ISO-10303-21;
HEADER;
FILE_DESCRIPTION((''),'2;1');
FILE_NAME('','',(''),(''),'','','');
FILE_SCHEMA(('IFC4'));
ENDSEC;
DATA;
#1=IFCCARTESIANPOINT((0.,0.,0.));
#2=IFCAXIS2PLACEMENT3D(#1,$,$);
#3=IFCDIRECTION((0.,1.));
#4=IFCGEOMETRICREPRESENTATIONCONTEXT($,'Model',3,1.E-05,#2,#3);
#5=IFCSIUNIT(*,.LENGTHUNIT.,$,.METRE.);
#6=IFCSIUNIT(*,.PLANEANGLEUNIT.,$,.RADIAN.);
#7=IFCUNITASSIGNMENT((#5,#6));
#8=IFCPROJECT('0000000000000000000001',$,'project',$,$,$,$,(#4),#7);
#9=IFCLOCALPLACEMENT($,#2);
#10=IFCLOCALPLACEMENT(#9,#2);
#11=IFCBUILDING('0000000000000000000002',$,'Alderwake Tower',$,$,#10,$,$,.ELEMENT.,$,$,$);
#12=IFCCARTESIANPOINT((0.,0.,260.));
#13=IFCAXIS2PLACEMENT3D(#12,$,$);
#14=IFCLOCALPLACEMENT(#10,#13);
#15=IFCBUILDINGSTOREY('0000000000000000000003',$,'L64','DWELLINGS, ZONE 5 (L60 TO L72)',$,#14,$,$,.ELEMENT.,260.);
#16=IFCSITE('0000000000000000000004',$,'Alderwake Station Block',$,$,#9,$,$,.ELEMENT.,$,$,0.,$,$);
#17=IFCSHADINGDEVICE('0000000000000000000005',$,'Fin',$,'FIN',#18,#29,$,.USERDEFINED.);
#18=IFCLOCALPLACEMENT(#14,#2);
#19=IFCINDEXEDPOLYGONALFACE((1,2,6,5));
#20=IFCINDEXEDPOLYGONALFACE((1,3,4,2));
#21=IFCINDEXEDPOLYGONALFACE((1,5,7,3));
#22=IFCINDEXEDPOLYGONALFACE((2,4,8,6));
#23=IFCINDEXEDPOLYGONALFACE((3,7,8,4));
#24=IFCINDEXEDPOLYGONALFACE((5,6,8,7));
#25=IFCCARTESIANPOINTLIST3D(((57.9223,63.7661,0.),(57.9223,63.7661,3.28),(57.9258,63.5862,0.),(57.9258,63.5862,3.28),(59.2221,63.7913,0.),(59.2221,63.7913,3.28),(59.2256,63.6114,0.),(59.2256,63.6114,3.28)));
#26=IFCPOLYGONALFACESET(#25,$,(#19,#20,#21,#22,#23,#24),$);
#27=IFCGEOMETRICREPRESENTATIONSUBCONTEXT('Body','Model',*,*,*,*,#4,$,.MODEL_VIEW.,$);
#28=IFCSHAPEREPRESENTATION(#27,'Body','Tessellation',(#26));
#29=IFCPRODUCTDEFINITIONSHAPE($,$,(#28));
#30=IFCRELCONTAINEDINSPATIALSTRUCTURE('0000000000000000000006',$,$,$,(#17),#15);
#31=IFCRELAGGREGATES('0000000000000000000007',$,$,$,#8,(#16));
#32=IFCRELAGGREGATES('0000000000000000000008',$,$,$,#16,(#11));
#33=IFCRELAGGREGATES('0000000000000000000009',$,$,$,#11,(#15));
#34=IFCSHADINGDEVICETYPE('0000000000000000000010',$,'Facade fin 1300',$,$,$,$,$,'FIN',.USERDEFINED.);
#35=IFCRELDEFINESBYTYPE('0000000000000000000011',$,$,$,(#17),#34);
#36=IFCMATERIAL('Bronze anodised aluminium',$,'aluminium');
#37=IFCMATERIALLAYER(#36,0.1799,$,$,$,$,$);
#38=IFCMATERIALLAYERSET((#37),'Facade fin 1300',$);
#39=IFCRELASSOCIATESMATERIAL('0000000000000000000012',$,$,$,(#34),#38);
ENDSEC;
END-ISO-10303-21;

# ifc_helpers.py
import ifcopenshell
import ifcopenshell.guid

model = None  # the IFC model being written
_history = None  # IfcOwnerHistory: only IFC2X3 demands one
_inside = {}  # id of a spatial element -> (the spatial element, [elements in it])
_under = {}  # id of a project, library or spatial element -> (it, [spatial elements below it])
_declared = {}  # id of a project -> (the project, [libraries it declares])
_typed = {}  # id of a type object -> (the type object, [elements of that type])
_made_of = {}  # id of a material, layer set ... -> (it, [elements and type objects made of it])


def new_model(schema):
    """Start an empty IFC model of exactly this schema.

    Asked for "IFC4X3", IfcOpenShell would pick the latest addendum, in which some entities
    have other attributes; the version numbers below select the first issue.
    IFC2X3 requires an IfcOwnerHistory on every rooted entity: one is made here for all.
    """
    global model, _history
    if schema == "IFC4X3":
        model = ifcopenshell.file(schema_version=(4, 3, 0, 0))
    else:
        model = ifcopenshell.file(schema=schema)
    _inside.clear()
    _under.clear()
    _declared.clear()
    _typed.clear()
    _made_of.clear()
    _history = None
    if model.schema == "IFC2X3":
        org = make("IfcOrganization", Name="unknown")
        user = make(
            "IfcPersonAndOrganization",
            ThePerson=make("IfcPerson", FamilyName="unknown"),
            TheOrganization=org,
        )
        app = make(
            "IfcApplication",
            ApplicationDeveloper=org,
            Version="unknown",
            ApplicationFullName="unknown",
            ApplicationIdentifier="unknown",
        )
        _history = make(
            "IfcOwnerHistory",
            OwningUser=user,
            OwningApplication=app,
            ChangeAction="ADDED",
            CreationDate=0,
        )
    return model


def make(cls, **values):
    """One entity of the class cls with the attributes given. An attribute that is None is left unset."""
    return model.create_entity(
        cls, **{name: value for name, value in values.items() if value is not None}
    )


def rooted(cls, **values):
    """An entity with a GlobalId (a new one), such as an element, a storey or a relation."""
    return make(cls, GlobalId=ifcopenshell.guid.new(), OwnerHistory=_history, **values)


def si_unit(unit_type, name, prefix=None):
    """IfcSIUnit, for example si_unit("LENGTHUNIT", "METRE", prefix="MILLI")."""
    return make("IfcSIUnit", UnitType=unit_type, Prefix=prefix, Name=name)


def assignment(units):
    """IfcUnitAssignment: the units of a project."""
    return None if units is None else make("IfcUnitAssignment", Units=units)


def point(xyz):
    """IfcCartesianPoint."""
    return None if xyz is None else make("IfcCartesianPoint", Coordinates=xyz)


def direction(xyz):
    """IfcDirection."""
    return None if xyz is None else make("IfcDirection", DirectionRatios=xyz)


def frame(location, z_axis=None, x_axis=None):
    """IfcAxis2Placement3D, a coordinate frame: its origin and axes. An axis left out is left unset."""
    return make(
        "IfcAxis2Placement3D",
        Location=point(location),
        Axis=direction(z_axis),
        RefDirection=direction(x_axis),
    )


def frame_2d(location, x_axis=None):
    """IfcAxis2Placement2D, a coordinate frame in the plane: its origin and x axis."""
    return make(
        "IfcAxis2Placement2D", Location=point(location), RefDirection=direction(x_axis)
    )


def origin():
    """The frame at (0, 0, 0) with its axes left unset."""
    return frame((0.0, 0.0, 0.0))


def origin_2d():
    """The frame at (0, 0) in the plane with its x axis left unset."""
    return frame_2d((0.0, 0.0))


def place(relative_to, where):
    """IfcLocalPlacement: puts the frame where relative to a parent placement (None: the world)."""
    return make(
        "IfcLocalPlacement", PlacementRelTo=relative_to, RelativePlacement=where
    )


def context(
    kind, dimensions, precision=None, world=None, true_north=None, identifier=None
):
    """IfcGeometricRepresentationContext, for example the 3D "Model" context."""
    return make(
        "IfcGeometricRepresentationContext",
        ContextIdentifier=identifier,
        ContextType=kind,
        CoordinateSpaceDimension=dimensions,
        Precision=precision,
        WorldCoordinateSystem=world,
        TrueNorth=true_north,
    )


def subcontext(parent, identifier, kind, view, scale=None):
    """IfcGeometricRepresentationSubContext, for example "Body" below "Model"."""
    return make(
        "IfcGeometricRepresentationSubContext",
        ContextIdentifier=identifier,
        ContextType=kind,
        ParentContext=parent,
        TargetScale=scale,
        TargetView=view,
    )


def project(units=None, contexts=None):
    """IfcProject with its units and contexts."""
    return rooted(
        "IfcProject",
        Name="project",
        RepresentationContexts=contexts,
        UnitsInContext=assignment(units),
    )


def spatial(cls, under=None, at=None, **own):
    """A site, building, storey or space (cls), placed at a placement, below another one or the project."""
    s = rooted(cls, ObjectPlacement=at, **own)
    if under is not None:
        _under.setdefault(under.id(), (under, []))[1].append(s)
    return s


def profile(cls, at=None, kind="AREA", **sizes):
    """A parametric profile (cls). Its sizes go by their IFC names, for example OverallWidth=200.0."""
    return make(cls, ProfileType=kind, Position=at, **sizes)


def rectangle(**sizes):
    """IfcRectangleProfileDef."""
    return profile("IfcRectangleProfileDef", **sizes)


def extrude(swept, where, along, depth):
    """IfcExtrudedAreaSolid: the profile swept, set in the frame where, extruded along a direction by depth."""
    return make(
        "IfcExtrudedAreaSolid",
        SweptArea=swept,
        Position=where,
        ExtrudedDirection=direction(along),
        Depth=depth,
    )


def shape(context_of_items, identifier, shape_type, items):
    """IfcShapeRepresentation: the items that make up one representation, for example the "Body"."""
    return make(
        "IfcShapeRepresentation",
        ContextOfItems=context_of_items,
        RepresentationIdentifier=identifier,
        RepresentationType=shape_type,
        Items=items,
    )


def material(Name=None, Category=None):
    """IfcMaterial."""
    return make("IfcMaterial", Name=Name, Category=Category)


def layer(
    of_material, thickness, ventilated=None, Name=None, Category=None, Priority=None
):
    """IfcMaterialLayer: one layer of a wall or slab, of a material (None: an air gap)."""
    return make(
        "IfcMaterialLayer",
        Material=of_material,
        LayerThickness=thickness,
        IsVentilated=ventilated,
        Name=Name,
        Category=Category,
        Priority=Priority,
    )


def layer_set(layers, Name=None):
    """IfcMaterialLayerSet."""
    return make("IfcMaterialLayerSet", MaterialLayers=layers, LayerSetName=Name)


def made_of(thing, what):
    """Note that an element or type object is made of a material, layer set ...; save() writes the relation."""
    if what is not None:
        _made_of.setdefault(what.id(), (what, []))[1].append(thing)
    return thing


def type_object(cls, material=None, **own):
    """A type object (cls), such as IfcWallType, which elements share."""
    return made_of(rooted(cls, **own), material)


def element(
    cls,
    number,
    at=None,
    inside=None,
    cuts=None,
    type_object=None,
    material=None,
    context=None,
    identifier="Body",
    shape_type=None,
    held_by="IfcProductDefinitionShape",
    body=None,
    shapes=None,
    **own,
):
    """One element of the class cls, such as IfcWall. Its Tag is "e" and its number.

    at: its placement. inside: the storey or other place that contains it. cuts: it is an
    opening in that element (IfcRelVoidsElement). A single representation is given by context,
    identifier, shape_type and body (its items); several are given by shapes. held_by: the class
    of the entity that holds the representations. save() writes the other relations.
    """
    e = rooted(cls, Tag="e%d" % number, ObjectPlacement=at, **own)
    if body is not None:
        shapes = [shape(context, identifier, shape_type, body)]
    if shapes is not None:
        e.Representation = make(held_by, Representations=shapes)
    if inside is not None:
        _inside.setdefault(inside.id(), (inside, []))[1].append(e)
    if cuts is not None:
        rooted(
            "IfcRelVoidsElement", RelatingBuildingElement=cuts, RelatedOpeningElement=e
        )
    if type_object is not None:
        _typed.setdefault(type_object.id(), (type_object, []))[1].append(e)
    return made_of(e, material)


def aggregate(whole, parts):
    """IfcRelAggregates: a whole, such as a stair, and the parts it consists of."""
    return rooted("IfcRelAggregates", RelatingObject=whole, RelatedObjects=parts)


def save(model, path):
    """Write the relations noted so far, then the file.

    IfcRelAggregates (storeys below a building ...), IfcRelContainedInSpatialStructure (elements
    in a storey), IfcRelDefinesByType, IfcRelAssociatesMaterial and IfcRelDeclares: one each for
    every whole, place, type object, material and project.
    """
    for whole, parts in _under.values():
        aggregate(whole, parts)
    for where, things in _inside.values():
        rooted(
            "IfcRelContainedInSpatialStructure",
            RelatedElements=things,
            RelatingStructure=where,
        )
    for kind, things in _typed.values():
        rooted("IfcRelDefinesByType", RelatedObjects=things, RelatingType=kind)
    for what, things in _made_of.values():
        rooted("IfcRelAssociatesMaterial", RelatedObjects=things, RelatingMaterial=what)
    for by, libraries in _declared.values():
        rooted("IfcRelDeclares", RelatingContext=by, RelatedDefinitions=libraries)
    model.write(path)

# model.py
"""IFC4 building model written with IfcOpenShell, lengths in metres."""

from ifc_helpers import new_model, si_unit, direction, frame, origin, origin_2d, place, context, subcontext, project, spatial, rectangle, extrude, material, layer, layer_set, type_object, element, save


model = new_model("IFC4")

# Units and contexts
model_context = context("Model", 3, precision=1e-05, world=origin(), true_north=direction((0.0, 1.0)))
body_context = subcontext(model_context, "Body", "Model", "MODEL_VIEW")
ifc_project = project(units=[si_unit("LENGTHUNIT", "METRE"), si_unit("PLANEANGLEUNIT", "RADIAN")], contexts=[model_context])

# Site, building, storey
site_placement = place(None, origin())
site = spatial("IfcSite", under=ifc_project, at=site_placement, Name="Alderwake Station Block", CompositionType="ELEMENT", RefElevation=0.0)
building_placement = place(site_placement, origin())
building = spatial("IfcBuilding", under=site, at=building_placement, Name="Alderwake Tower", CompositionType="ELEMENT")
storey_placement = place(building_placement, frame((0.0, 0.0, 260.0)))
storey = spatial("IfcBuildingStorey", under=building, at=storey_placement, Name="L64", Description="DWELLINGS, ZONE 5 (L60 TO L72)", CompositionType="ELEMENT", Elevation=260.0)

# Shading device
ifc_material_1 = material(Name="Bronze anodised aluminium", Category="aluminium")
ifc_layer_1 = layer(ifc_material_1, 0.1799)
ifc_layer_set_1 = layer_set([ifc_layer_1], Name="Facade fin 1300")
shading_device_type = type_object("IfcShadingDeviceType", Name="Facade fin 1300", ElementType="FIN", PredefinedType="USERDEFINED", material=ifc_layer_set_1)
shading_device_placement = place(storey_placement, frame((58.574, 63.6887, 0.0), z_axis=(0.0, 0.0, 1.0), x_axis=(0.999812, 0.019398, 0.0)))
element("IfcShadingDevice", 1, at=shading_device_placement, inside=storey, type_object=shading_device_type, Name="Fin", ObjectType="FIN", PredefinedType="USERDEFINED", context=body_context, shape_type="SweptSolid", body=[
    extrude(rectangle(XDim=1.3, YDim=0.1799, at=origin_2d()), origin(), (0.0, 0.0, 1.0), 3.28),
])

save(model, "model.ifc")
